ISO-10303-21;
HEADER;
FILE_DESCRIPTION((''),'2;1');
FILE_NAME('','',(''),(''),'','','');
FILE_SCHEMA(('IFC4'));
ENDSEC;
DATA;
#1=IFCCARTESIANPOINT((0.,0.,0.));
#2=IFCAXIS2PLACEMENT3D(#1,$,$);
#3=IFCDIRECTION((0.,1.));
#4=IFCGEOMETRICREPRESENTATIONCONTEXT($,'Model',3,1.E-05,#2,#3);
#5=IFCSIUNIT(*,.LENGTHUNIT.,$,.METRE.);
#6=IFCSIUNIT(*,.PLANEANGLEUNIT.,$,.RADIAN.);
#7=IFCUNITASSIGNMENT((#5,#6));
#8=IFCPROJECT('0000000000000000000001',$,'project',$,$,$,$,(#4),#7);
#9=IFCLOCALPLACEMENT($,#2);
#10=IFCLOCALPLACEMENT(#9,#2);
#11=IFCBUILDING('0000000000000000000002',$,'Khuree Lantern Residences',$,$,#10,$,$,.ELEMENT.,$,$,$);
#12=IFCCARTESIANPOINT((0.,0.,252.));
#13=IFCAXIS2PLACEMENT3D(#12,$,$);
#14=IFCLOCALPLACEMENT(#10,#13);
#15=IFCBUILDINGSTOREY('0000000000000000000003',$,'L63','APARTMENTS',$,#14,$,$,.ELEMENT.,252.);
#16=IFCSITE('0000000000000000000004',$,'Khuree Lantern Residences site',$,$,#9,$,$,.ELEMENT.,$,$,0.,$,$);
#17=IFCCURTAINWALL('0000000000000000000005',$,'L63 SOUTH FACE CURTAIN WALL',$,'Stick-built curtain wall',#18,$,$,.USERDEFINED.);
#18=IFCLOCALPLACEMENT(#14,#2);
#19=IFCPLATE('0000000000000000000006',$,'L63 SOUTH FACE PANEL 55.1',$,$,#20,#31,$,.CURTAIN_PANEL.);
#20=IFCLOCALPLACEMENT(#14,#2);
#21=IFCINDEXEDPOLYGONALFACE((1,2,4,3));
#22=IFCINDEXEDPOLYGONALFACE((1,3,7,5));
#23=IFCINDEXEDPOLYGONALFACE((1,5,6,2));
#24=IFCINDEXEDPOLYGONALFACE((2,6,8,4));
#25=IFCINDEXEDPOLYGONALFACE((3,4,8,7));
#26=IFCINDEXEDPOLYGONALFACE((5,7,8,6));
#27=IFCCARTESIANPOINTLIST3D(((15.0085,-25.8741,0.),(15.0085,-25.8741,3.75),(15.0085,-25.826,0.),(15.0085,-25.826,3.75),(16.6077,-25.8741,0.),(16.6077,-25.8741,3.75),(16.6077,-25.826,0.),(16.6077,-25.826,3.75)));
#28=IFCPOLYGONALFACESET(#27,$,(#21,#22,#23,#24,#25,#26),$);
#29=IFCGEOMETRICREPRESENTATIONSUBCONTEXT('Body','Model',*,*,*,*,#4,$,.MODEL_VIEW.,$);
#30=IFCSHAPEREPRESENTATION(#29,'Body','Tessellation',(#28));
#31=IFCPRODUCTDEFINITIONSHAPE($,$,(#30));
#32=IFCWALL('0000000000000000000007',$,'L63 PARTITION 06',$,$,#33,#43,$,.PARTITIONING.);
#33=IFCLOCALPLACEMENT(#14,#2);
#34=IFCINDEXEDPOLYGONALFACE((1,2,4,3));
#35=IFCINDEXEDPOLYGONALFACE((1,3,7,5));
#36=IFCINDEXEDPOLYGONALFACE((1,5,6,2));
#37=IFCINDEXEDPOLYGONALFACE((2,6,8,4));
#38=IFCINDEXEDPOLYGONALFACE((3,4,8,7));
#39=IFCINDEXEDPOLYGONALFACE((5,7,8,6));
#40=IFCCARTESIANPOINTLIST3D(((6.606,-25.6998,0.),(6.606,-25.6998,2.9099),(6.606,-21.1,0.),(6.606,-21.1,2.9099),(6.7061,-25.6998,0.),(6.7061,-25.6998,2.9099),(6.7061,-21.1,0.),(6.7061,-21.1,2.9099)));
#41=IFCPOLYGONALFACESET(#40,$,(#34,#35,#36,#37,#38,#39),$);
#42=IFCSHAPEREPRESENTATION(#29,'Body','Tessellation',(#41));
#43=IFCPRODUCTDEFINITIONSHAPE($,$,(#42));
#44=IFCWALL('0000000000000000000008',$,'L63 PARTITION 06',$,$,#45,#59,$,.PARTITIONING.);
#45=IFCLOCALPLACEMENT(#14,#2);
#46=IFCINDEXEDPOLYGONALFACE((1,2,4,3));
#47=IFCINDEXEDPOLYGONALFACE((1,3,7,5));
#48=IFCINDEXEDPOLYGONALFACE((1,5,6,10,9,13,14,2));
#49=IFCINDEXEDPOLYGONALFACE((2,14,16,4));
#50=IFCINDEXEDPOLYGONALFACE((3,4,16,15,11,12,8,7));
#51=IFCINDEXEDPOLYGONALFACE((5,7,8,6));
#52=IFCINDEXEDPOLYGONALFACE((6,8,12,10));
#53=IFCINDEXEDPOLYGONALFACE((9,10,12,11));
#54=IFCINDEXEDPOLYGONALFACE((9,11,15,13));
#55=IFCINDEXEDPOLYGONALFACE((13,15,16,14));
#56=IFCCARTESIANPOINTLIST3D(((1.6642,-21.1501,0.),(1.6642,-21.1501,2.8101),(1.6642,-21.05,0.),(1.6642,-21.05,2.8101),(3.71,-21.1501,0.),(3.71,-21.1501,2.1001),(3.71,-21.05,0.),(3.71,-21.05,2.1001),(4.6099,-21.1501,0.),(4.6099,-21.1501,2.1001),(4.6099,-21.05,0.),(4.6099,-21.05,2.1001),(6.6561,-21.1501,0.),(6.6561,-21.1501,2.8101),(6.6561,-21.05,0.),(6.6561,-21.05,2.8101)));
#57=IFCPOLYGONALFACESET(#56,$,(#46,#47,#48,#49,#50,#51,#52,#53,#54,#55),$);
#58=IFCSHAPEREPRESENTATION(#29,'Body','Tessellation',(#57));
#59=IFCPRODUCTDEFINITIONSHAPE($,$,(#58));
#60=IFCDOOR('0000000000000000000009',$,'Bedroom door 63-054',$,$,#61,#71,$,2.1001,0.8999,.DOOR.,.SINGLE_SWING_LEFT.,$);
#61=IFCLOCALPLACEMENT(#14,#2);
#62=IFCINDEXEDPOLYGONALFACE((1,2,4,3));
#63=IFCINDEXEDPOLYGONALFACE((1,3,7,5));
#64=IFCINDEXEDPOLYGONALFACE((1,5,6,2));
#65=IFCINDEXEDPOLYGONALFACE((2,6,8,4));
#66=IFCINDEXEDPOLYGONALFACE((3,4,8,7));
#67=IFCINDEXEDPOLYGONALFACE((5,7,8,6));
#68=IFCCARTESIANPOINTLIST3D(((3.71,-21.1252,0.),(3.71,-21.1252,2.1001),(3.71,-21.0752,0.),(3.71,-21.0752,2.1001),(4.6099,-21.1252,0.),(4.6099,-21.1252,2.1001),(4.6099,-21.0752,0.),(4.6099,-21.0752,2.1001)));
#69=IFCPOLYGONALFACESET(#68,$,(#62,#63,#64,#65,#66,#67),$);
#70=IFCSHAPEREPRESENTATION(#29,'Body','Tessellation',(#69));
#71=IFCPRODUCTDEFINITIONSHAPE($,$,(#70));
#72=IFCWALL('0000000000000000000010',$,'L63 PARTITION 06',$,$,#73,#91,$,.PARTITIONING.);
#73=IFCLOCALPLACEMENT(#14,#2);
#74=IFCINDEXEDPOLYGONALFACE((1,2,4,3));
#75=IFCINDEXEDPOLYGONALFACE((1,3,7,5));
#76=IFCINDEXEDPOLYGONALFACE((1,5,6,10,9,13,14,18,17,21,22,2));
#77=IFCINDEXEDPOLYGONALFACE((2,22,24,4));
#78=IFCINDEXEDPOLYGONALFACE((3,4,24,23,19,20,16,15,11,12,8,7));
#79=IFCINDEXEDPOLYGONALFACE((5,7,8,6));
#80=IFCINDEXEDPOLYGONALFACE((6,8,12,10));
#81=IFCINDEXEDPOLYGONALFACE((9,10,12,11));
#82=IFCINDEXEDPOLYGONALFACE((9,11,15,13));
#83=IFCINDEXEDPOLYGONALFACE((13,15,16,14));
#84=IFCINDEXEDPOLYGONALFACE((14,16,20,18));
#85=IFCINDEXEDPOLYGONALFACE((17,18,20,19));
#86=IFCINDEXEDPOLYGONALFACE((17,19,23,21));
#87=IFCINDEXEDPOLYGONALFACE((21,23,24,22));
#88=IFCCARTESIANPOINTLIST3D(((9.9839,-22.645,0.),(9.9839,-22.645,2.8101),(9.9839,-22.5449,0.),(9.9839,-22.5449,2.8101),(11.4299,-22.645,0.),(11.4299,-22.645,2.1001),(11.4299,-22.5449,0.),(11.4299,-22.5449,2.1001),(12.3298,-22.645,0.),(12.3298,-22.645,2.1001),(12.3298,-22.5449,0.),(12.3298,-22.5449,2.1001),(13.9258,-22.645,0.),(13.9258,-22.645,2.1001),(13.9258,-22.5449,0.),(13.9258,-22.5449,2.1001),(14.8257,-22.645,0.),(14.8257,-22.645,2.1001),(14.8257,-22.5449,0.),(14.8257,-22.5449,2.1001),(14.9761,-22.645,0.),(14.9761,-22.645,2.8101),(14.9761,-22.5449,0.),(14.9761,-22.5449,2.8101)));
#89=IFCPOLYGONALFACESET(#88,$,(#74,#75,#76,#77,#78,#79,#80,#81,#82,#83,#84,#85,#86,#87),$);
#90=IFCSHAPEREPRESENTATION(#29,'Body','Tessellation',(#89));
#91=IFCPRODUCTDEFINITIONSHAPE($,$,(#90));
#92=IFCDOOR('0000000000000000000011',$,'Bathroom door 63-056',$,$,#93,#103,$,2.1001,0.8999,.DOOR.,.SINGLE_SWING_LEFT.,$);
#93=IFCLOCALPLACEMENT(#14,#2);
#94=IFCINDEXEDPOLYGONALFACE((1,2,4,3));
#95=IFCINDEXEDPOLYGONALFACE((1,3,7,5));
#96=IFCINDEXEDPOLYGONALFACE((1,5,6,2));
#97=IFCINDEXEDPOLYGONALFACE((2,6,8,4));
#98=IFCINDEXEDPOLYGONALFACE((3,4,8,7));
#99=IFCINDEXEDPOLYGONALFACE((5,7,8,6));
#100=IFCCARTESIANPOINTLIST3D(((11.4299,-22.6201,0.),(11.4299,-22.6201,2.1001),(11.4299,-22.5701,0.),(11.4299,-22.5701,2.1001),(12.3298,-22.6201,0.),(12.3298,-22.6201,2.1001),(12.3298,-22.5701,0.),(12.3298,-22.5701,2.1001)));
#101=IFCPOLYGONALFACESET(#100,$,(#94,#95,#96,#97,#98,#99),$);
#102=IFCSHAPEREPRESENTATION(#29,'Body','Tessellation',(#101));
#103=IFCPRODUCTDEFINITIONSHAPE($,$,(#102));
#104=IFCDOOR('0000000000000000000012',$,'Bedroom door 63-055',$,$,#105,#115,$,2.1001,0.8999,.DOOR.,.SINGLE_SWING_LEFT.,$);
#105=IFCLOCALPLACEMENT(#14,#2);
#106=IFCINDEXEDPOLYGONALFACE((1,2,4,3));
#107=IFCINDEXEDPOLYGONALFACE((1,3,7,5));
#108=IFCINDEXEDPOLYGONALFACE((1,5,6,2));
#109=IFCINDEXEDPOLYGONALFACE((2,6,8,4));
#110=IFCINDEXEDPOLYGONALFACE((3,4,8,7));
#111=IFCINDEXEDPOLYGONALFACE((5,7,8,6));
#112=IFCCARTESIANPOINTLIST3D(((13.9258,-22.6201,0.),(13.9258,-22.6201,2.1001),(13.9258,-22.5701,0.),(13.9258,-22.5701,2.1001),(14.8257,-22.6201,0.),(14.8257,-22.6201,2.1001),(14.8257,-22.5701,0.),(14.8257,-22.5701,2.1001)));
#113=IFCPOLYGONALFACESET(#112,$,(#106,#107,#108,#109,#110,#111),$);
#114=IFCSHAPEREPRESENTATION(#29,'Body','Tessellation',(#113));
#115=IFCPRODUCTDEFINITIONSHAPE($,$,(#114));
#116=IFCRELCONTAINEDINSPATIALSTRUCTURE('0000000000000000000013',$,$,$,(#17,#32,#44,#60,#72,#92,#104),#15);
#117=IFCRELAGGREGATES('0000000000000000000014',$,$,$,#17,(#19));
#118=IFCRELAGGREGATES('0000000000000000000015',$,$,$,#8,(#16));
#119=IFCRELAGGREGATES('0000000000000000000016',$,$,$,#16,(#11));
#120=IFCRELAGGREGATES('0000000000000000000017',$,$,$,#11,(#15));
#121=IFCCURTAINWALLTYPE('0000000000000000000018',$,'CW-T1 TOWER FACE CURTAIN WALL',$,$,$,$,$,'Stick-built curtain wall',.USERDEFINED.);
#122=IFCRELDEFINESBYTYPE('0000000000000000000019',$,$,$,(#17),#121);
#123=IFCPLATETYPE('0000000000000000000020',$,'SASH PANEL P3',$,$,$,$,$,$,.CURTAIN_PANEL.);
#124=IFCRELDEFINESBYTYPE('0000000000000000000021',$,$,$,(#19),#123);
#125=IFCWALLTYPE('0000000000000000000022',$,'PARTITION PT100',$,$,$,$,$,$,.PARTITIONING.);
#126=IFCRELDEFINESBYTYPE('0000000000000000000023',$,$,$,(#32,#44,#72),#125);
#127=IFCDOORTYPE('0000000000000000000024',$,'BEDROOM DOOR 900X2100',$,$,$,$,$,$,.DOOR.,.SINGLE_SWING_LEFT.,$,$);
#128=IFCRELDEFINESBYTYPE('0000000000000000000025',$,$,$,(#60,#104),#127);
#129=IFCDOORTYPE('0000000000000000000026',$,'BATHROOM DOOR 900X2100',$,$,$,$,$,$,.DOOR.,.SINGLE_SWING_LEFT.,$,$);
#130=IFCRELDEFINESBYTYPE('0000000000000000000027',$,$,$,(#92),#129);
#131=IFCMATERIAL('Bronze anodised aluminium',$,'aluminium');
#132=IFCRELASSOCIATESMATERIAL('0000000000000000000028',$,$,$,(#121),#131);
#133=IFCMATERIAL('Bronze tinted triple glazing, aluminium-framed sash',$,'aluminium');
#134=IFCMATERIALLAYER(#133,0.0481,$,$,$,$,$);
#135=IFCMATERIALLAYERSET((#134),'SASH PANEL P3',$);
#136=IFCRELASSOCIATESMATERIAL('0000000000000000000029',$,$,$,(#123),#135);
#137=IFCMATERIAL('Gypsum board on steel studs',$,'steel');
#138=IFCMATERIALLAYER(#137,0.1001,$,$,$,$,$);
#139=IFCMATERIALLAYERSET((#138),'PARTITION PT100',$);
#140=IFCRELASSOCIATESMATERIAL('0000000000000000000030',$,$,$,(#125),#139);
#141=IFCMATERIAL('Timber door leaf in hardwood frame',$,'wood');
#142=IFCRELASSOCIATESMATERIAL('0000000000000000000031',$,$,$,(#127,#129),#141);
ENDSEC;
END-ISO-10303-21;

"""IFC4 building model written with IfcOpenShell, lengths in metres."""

from ifc_helpers import new_model, si_unit, direction, frame, frame_2d, origin, origin_2d, place, context, subcontext, project, spatial, rectangle, extrude, material, layer, layer_set, type_object, element, fill, aggregate, save


model = new_model("IFC4")

# Units and contexts
model_context = context("Model", 3, precision=1e-05, world=origin(), true_north=direction((0.0, 1.0)))
body_context = subcontext(model_context, "Body", "Model", "MODEL_VIEW")
ifc_project = project(units=[si_unit("LENGTHUNIT", "METRE"), si_unit("PLANEANGLEUNIT", "RADIAN")], contexts=[model_context])

# Site, building, storey
site_placement = place(None, origin())
site = spatial("IfcSite", under=ifc_project, at=site_placement, Name="Khuree Lantern Residences site", CompositionType="ELEMENT", RefElevation=0.0)
building_placement = place(site_placement, origin())
building = spatial("IfcBuilding", under=site, at=building_placement, Name="Khuree Lantern Residences", CompositionType="ELEMENT")
storey_placement = place(building_placement, frame((0.0, 0.0, 252.0)))
storey = spatial("IfcBuildingStorey", under=building, at=storey_placement, Name="L63", Description="APARTMENTS", CompositionType="ELEMENT", Elevation=252.0)

# Curtain wall
ifc_material_1 = material(Name="Bronze anodised aluminium", Category="aluminium")
curtain_wall_type = type_object("IfcCurtainWallType", Name="CW-T1 TOWER FACE CURTAIN WALL", ElementType="Stick-built curtain wall", PredefinedType="USERDEFINED", material=ifc_material_1)
curtain_wall_placement = place(storey_placement, origin())
curtain_wall = element("IfcCurtainWall", 1, at=curtain_wall_placement, inside=storey, type_object=curtain_wall_type, Name="L63 SOUTH FACE CURTAIN WALL", ObjectType="Stick-built curtain wall", PredefinedType="USERDEFINED")

# Plate
ifc_material_2 = material(Name="Bronze tinted triple glazing, aluminium-framed sash", Category="aluminium")
ifc_layer_1 = layer(ifc_material_2, 0.0481)
ifc_layer_set_1 = layer_set([ifc_layer_1], Name="SASH PANEL P3")
plate_type_1 = type_object("IfcPlateType", Name="SASH PANEL P3", PredefinedType="CURTAIN_PANEL", material=ifc_layer_set_1)
plate_1_placement = place(storey_placement, frame((15.8081, -25.8501, 0.0), z_axis=(0.0, 0.0, 1.0), x_axis=(1.0, 0.0, 0.0)))
plate_1 = element("IfcPlate", 2, at=plate_1_placement, type_object=plate_type_1, Name="L63 SOUTH FACE PANEL 55.1", PredefinedType="CURTAIN_PANEL", context=body_context, shape_type="SweptSolid", body=[
    extrude(rectangle(XDim=1.5991, YDim=0.0481, at=origin_2d()), origin(), (0.0, 0.0, 1.0), 3.75),
])
aggregate(curtain_wall, [plate_1])

# Wall
ifc_material_3 = material(Name="Gypsum board on steel studs", Category="steel")
ifc_layer_2 = layer(ifc_material_3, 0.1001)
ifc_layer_set_2 = layer_set([ifc_layer_2], Name="PARTITION PT100")
wall_type = type_object("IfcWallType", Name="PARTITION PT100", PredefinedType="PARTITIONING", material=ifc_layer_set_2)
wall_1_placement = place(storey_placement, frame((6.656, -21.1001, 0.0), z_axis=(0.0, 0.0, 1.0), x_axis=(0.0, -1.0, 0.0)))
element("IfcWall", 3, at=wall_1_placement, inside=storey, type_object=wall_type, Name="L63 PARTITION 06", PredefinedType="PARTITIONING", context=body_context, shape_type="SweptSolid", body=[
    extrude(rectangle(XDim=4.5999, YDim=0.1001, at=frame_2d((2.2998, 0.0))), origin(), (0.0, 0.0, 1.0), 2.9099),
])

# Wall, opening, door
wall_2_placement = place(storey_placement, frame((1.6641, -21.1001, 0.0), z_axis=(0.0, 0.0, 1.0), x_axis=(1.0, 0.0, 0.0)))
wall_2 = element("IfcWall", 4, at=wall_2_placement, inside=storey, type_object=wall_type, Name="L63 PARTITION 06", PredefinedType="PARTITIONING", context=body_context, shape_type="SweptSolid", body=[
    extrude(rectangle(XDim=4.9919, YDim=0.1001, at=frame_2d((2.4961, 0.0))), origin(), (0.0, 0.0, 1.0), 2.8101),
])
opening_1_placement = place(wall_2_placement, frame((2.0459, 0.0, 0.0)))
opening_1 = element("IfcOpeningElement", 5, at=opening_1_placement, cuts=wall_2, PredefinedType="OPENING", context=body_context, shape_type="SweptSolid", body=[
    extrude(rectangle(XDim=0.8999, YDim=2.1001, at=frame_2d((0.45, 1.05))), frame((0.0, 0.0601, 0.0), z_axis=(0.0, -1.0, 0.0), x_axis=(1.0, 0.0, 0.0)), (0.0, 0.0, 1.0), 0.1201),
])
ifc_material_4 = material(Name="Timber door leaf in hardwood frame", Category="wood")
door_type_1 = type_object("IfcDoorType", Name="BEDROOM DOOR 900X2100", OperationType="SINGLE_SWING_LEFT", PredefinedType="DOOR", material=ifc_material_4)
door_1_placement = place(opening_1_placement, origin())
door_1 = element("IfcDoor", 6, at=door_1_placement, inside=storey, type_object=door_type_1, Name="Bedroom door 63-054", OperationType="SINGLE_SWING_LEFT", OverallHeight=2.1001, OverallWidth=0.8999, PredefinedType="DOOR", context=body_context, shape_type="SweptSolid", body=[
    extrude(rectangle(XDim=0.8999, YDim=2.1001, at=frame_2d((0.45, 1.05))), frame((0.0, 0.0249, 0.0), z_axis=(0.0, -1.0, 0.0), x_axis=(1.0, 0.0, 0.0)), (0.0, 0.0, 1.0), 0.05),
])
fill(opening_1, door_1)

# Wall, openings, doors
wall_3_placement = place(storey_placement, frame((9.9839, -22.595, 0.0), z_axis=(0.0, 0.0, 1.0), x_axis=(1.0, 0.0, 0.0)))
wall_3 = element("IfcWall", 7, at=wall_3_placement, inside=storey, type_object=wall_type, Name="L63 PARTITION 06", PredefinedType="PARTITIONING", context=body_context, shape_type="SweptSolid", body=[
    extrude(rectangle(XDim=4.9922, YDim=0.1001, at=frame_2d((2.4961, 0.0))), origin(), (0.0, 0.0, 1.0), 2.8101),
])
opening_2_placement = place(wall_3_placement, frame((3.9419, 0.0, 0.0)))
opening_2 = element("IfcOpeningElement", 8, at=opening_2_placement, cuts=wall_3, PredefinedType="OPENING", context=body_context, shape_type="SweptSolid", body=[
    extrude(rectangle(XDim=0.8999, YDim=2.1001, at=frame_2d((0.45, 1.05))), frame((0.0, 0.0601, 0.0), z_axis=(0.0, -1.0, 0.0), x_axis=(1.0, 0.0, 0.0)), (0.0, 0.0, 1.0), 0.1201),
])
opening_3_placement = place(wall_3_placement, frame((1.446, 0.0, 0.0)))
opening_3 = element("IfcOpeningElement", 9, at=opening_3_placement, cuts=wall_3, PredefinedType="OPENING", context=body_context, shape_type="SweptSolid", body=[
    extrude(rectangle(XDim=0.8999, YDim=2.1001, at=frame_2d((0.45, 1.05))), frame((0.0, 0.0601, 0.0), z_axis=(0.0, -1.0, 0.0), x_axis=(1.0, 0.0, 0.0)), (0.0, 0.0, 1.0), 0.1201),
])
door_type_2 = type_object("IfcDoorType", Name="BATHROOM DOOR 900X2100", OperationType="SINGLE_SWING_LEFT", PredefinedType="DOOR", material=ifc_material_4)
door_2_placement = place(opening_3_placement, origin())
door_2 = element("IfcDoor", 10, at=door_2_placement, inside=storey, type_object=door_type_2, Name="Bathroom door 63-056", OperationType="SINGLE_SWING_LEFT", OverallHeight=2.1001, OverallWidth=0.8999, PredefinedType="DOOR", context=body_context, shape_type="SweptSolid", body=[
    extrude(rectangle(XDim=0.8999, YDim=2.1001, at=frame_2d((0.45, 1.05))), frame((0.0, 0.0249, 0.0), z_axis=(0.0, -1.0, 0.0), x_axis=(1.0, 0.0, 0.0)), (0.0, 0.0, 1.0), 0.05),
])
fill(opening_3, door_2)
door_3_placement = place(opening_2_placement, origin())
door_3 = element("IfcDoor", 11, at=door_3_placement, inside=storey, type_object=door_type_1, Name="Bedroom door 63-055", OperationType="SINGLE_SWING_LEFT", OverallHeight=2.1001, OverallWidth=0.8999, PredefinedType="DOOR", context=body_context, shape_type="SweptSolid", body=[
    extrude(rectangle(XDim=0.8999, YDim=2.1001, at=frame_2d((0.45, 1.05))), frame((0.0, 0.0249, 0.0), z_axis=(0.0, -1.0, 0.0), x_axis=(1.0, 0.0, 0.0)), (0.0, 0.0, 1.0), 0.05),
])
fill(opening_2, door_3)

save(model, "model.ifc")
